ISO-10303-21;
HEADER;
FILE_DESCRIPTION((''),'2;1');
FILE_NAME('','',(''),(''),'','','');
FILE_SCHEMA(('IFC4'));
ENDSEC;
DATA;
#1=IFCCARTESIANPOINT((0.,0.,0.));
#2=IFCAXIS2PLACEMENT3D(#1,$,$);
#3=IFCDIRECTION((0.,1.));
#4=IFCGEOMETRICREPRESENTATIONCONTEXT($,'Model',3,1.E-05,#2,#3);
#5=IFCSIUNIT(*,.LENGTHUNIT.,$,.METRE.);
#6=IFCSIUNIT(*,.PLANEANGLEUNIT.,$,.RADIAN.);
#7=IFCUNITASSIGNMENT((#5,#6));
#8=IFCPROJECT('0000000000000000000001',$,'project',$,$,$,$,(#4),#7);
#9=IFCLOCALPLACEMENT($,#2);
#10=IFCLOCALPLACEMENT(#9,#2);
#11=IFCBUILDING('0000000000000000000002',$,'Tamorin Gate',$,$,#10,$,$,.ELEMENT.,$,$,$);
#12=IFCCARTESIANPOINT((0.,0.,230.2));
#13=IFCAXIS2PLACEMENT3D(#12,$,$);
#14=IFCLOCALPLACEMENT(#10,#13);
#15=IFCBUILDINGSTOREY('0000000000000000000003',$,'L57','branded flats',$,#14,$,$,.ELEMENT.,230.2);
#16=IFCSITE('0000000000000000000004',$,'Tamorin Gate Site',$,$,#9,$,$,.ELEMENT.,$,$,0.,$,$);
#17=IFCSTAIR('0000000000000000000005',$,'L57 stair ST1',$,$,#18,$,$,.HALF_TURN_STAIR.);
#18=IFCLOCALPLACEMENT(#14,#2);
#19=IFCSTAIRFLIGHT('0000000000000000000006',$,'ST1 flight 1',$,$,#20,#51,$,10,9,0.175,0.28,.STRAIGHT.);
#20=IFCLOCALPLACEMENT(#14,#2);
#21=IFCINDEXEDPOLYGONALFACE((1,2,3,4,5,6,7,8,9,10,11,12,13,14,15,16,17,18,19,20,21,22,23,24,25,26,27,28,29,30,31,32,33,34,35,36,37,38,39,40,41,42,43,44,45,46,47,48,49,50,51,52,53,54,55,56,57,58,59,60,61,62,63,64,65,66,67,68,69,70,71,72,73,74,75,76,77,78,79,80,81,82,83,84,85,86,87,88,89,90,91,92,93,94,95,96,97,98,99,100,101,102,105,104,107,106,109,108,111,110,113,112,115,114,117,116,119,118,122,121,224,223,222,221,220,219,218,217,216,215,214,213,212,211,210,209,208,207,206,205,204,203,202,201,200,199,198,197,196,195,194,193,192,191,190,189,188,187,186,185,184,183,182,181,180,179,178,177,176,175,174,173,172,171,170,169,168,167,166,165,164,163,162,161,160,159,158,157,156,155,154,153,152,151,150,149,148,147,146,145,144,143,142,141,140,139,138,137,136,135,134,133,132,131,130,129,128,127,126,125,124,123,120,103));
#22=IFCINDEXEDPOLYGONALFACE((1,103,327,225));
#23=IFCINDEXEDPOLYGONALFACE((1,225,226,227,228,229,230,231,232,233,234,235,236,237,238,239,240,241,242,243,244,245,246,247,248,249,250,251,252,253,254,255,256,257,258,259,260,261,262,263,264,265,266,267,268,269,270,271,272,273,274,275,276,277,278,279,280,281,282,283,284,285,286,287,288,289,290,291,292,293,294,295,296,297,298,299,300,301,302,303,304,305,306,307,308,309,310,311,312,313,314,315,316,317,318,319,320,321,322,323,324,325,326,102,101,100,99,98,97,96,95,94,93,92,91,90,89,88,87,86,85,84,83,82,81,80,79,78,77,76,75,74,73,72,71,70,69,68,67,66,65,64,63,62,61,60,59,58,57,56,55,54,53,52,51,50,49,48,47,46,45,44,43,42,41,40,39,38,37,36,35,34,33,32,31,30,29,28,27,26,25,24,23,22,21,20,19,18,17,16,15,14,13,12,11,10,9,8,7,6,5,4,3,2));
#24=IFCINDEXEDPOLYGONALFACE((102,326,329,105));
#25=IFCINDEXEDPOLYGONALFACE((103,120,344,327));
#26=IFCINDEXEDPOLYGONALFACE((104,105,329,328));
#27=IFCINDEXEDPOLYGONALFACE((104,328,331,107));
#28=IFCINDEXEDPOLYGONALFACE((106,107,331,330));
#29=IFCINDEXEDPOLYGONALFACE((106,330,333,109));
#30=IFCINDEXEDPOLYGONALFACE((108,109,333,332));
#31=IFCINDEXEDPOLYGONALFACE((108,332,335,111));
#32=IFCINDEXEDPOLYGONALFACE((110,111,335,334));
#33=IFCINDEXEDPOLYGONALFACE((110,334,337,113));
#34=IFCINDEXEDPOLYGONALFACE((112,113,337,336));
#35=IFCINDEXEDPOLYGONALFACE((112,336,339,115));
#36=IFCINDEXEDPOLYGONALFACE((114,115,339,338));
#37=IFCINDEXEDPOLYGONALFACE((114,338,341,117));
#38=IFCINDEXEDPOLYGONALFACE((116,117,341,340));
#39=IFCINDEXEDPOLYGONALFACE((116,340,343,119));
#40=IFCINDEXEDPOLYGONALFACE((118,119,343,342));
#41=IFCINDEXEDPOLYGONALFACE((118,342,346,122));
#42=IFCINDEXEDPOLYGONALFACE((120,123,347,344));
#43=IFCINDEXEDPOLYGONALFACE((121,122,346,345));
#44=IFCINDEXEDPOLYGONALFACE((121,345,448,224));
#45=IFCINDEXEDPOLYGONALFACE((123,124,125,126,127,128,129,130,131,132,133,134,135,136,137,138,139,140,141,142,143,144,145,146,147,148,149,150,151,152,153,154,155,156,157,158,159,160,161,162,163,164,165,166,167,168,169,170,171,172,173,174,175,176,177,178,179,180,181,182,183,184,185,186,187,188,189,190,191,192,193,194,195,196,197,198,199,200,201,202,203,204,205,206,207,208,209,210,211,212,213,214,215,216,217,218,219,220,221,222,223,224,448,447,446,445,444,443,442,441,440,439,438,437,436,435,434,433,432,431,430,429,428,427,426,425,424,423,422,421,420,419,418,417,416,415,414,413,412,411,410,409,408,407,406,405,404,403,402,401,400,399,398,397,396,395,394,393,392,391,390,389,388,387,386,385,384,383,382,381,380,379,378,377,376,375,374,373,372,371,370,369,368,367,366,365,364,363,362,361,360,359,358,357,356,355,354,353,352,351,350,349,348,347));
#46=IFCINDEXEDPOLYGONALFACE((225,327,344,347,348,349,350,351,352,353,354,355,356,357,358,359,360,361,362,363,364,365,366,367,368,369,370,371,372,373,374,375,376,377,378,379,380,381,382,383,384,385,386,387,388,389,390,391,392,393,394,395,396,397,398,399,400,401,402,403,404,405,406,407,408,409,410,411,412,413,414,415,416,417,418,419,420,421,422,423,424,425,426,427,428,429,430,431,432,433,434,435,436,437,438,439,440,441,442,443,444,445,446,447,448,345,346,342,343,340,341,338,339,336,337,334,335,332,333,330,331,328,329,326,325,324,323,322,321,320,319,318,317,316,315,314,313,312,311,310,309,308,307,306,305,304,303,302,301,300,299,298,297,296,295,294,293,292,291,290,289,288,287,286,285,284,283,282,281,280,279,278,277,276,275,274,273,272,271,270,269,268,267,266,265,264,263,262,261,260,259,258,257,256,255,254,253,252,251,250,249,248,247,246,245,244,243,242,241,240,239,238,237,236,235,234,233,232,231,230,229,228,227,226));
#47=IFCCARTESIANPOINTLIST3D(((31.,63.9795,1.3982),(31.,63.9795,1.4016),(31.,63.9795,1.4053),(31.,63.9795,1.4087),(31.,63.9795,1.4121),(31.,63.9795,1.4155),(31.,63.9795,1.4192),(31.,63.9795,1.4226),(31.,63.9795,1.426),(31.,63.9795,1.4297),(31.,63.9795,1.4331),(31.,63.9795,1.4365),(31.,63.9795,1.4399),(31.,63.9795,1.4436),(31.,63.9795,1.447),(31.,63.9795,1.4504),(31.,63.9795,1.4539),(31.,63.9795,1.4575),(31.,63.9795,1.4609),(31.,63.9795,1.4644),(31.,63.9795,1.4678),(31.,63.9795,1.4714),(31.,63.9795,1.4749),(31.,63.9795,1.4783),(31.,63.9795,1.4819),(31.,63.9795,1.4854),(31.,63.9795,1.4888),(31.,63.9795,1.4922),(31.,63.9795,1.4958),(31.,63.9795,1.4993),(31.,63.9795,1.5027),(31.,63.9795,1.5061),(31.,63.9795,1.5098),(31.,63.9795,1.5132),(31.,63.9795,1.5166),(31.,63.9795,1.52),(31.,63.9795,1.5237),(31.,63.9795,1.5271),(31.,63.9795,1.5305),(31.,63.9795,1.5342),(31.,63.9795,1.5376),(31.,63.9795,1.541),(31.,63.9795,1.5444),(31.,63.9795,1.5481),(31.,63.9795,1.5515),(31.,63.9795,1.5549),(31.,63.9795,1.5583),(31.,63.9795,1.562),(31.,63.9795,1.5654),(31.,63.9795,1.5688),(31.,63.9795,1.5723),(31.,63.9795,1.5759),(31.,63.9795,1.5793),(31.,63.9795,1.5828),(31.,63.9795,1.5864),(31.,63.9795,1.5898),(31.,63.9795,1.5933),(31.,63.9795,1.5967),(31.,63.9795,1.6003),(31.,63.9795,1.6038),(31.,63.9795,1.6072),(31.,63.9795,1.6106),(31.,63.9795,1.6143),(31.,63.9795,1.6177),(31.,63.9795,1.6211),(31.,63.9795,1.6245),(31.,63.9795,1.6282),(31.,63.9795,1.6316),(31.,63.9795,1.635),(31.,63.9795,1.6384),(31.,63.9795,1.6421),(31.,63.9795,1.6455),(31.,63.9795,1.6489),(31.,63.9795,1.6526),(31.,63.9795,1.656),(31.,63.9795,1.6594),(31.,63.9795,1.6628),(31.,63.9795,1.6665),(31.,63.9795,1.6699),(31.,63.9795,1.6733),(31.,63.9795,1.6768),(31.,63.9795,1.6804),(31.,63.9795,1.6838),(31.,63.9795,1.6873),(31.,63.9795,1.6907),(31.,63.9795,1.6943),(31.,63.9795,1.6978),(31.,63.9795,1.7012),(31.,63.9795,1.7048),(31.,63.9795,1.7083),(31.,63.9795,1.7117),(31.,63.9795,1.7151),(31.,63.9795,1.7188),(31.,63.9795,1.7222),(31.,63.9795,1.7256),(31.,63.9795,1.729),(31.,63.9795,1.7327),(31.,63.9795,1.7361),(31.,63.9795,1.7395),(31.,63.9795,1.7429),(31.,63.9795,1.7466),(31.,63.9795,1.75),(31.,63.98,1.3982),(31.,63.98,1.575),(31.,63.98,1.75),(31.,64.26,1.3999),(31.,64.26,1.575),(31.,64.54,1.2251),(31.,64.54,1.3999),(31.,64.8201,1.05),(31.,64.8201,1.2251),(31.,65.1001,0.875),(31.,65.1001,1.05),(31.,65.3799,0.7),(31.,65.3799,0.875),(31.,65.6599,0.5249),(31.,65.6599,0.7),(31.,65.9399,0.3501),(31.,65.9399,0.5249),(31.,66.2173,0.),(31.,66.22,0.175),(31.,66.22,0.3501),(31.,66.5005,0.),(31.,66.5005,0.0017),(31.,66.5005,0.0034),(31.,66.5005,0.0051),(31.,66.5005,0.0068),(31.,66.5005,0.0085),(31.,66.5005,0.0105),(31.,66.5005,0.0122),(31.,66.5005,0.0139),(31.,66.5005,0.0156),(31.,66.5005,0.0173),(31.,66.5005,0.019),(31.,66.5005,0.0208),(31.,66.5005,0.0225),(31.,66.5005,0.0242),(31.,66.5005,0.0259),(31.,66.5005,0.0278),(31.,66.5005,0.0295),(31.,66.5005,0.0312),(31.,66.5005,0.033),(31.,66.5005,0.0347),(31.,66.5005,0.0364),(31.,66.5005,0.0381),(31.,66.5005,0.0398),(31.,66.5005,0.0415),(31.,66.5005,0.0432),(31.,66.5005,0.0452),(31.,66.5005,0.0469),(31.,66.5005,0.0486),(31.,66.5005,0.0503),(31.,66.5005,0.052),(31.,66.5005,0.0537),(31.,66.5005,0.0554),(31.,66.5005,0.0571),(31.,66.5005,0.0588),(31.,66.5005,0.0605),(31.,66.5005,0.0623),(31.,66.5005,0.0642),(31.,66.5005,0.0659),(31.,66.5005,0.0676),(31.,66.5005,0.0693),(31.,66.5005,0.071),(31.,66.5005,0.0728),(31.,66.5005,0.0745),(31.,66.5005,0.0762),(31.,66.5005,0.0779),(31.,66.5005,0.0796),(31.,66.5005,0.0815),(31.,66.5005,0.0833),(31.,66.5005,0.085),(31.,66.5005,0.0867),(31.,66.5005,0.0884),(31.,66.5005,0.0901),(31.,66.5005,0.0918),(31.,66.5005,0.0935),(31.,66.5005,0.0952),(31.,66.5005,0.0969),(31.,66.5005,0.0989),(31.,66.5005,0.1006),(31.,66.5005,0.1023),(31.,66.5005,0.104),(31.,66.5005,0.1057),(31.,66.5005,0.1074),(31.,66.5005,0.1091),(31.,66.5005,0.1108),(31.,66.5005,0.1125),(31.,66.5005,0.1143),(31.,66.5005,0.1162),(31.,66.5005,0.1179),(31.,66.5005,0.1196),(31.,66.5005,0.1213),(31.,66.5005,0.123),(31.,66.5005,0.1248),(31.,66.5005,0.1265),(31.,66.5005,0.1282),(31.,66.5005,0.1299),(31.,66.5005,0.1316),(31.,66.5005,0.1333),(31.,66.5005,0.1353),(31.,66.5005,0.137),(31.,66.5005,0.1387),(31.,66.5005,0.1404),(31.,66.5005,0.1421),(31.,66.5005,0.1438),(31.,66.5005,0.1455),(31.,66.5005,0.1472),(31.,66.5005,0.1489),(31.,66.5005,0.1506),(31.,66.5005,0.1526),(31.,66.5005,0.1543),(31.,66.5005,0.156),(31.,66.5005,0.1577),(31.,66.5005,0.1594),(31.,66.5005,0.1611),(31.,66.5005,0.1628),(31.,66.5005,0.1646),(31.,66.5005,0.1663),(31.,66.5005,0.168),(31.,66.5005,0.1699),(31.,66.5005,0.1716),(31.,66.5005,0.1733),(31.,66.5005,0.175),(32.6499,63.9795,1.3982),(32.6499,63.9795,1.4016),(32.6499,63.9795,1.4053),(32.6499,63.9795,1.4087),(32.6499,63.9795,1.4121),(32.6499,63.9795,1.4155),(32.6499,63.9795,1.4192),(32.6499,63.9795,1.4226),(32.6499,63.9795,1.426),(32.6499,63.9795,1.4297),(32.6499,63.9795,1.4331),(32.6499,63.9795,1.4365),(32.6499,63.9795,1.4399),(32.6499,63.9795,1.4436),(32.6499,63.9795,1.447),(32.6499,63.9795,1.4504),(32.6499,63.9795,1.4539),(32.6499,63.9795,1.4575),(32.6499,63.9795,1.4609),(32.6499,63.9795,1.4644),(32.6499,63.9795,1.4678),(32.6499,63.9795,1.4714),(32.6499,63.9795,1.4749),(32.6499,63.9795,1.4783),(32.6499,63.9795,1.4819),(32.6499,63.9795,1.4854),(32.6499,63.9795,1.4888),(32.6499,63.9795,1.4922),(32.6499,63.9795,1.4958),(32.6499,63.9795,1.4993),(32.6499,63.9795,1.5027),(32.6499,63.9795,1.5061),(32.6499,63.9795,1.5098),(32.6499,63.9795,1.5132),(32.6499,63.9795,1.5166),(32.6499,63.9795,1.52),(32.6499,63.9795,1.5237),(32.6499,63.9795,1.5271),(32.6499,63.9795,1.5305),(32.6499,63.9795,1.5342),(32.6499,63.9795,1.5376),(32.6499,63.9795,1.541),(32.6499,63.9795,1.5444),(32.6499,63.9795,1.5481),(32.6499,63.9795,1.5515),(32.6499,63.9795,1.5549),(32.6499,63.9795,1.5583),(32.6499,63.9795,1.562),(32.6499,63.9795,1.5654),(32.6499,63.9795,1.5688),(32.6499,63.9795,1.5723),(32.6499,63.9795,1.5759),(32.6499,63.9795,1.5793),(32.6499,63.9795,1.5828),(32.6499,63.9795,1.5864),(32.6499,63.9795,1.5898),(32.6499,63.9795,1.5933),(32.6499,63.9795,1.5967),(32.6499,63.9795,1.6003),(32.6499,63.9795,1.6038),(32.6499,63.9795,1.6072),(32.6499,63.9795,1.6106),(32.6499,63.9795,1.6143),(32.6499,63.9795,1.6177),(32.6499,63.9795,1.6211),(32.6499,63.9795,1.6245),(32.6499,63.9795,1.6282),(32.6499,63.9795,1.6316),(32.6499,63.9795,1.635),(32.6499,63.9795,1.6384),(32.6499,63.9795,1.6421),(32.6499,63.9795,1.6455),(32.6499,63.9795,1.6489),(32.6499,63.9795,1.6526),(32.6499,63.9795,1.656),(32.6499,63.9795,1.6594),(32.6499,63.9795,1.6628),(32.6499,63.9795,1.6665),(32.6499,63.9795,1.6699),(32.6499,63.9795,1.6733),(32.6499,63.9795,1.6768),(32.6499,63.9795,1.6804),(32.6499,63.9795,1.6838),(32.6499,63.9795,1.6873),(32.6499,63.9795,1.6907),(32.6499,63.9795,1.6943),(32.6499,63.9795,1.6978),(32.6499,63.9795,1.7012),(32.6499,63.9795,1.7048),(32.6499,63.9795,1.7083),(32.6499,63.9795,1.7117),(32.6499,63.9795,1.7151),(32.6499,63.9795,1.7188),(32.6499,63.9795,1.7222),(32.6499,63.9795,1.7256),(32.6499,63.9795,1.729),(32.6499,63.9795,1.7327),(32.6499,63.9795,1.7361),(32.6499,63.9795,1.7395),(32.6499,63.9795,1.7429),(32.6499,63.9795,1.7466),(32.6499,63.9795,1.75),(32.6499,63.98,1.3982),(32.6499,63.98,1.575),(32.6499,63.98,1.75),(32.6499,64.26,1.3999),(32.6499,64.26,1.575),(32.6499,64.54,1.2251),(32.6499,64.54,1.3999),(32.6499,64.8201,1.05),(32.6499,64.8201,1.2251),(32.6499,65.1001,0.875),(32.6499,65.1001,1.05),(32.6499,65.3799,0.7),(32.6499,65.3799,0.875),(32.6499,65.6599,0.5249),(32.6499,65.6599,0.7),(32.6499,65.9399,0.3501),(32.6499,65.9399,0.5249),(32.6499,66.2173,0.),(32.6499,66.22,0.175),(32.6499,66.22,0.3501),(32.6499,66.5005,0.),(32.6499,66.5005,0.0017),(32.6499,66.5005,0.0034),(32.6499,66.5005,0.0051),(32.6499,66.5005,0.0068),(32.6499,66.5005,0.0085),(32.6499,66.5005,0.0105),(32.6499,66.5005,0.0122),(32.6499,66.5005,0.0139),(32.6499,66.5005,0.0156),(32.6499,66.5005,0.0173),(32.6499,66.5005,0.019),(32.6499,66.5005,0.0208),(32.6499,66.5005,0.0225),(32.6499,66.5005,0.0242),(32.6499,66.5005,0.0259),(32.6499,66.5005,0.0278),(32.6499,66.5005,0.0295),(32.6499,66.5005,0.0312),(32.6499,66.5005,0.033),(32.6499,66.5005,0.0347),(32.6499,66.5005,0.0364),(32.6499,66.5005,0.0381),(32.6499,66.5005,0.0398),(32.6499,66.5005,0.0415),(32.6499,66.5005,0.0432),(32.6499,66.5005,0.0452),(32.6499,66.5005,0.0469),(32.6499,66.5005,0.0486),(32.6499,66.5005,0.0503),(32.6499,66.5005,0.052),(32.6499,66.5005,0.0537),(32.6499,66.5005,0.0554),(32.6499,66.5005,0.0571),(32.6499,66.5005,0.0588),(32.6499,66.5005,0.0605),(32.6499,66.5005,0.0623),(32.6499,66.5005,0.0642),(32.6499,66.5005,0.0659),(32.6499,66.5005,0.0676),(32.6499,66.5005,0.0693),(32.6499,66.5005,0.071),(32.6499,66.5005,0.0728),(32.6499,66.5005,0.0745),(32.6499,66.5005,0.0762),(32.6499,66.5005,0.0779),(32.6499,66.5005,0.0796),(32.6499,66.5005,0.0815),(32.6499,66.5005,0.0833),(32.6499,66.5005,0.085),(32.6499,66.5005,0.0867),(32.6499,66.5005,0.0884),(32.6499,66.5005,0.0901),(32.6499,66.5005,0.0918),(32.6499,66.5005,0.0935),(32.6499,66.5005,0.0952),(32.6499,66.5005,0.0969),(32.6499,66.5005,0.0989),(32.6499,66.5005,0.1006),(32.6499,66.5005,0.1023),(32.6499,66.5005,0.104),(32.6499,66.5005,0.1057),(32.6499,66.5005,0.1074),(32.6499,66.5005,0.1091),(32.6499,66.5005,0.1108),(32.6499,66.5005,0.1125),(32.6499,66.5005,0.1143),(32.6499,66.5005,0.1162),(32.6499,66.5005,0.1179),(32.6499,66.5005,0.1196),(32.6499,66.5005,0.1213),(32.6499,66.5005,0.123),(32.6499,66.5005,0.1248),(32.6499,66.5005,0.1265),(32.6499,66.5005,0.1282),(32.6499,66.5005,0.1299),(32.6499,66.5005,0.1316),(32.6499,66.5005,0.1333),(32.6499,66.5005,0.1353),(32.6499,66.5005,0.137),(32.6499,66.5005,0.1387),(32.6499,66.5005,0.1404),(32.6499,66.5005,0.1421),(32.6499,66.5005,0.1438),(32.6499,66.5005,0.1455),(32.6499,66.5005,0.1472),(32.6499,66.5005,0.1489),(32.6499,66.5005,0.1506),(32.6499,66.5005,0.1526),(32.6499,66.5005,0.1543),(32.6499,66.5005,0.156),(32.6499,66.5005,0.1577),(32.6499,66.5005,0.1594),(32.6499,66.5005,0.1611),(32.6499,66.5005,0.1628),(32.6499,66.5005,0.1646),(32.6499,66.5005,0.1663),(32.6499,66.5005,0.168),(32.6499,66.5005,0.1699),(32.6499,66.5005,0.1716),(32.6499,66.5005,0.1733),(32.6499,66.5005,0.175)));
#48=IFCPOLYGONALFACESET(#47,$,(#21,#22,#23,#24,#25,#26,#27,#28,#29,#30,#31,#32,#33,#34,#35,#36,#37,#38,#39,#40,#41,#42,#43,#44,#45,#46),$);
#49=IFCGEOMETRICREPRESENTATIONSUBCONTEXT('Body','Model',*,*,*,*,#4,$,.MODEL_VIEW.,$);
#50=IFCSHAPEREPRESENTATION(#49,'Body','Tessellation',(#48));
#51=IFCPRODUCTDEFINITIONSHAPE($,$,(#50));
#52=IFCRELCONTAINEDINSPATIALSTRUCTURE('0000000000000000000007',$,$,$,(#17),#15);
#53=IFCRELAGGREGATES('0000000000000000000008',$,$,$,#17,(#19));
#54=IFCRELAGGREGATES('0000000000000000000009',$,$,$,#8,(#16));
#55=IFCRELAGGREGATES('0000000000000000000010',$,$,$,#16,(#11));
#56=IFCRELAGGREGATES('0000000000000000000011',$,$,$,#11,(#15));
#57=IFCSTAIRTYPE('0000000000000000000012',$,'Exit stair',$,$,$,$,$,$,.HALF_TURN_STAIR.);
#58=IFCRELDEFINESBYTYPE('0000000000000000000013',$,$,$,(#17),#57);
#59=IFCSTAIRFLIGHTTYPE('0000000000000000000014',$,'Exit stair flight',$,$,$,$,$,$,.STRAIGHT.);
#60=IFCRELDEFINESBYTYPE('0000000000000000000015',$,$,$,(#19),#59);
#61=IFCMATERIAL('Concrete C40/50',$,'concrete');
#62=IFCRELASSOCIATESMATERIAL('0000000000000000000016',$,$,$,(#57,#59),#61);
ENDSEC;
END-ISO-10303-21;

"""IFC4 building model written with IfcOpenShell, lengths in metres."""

from ifc_helpers import new_model, si_unit, direction, frame, origin, place, context, subcontext, project, spatial, polyline, outline, extrude, material, type_object, element, aggregate, save


model = new_model("IFC4")

# Units and contexts
model_context = context("Model", 3, precision=1e-05, world=origin(), true_north=direction((0.0, 1.0)))
body_context = subcontext(model_context, "Body", "Model", "MODEL_VIEW")
ifc_project = project(units=[si_unit("LENGTHUNIT", "METRE"), si_unit("PLANEANGLEUNIT", "RADIAN")], contexts=[model_context])

# Site, building, storey
site_placement = place(None, origin())
site = spatial("IfcSite", under=ifc_project, at=site_placement, Name="Tamorin Gate Site", CompositionType="ELEMENT", RefElevation=0.0)
building_placement = place(site_placement, origin())
building = spatial("IfcBuilding", under=site, at=building_placement, Name="Tamorin Gate", CompositionType="ELEMENT")
storey_placement = place(building_placement, frame((0.0, 0.0, 230.2)))
storey = spatial("IfcBuildingStorey", under=building, at=storey_placement, Name="L57", Description="branded flats", CompositionType="ELEMENT", Elevation=230.2)

# Shared definitions
ifc_material_1 = material(Name="Concrete C40/50", Category="concrete")

# Stair, stair flight
stair_type = type_object("IfcStairType", Name="Exit stair", PredefinedType="HALF_TURN_STAIR", material=ifc_material_1)
stair_1_placement = place(storey_placement, origin())
stair_1 = element("IfcStair", 1, at=stair_1_placement, inside=storey, type_object=stair_type, Name="L57 stair ST1", PredefinedType="HALF_TURN_STAIR")
stair_flight_type = type_object("IfcStairFlightType", Name="Exit stair flight", PredefinedType="STRAIGHT", material=ifc_material_1)
stair_flight_1_placement = place(storey_placement, frame((31.825, 66.5, 0.0), z_axis=(0.0, 0.0, 1.0), x_axis=(0.0, -1.0, 0.0)))
stair_flight_1 = element("IfcStairFlight", 2, at=stair_flight_1_placement, type_object=stair_flight_type, Name="ST1 flight 1", NumberOfRisers=10, NumberOfTreads=9, PredefinedType="STRAIGHT", RiserHeight=0.175, TreadLength=0.28, context=body_context, shape_type="SweptSolid", body=[
    extrude(outline(polyline([(-0.0005, 0.0), (-0.0005, 0.0017), (-0.0005, 0.0034), (-0.0005, 0.0051), (-0.0005, 0.0068), (-0.0005, 0.0085), (-0.0005, 0.0105), (-0.0005, 0.0122), (-0.0005, 0.0139), (-0.0005, 0.0156), (-0.0005, 0.0173), (-0.0005, 0.019), (-0.0005, 0.0208), (-0.0005, 0.0225), (-0.0005, 0.0242), (-0.0005, 0.0259), (-0.0005, 0.0278), (-0.0005, 0.0295), (-0.0005, 0.0312), (-0.0005, 0.033), (-0.0005, 0.0347), (-0.0005, 0.0364), (-0.0005, 0.0381), (-0.0005, 0.0398), (-0.0005, 0.0415), (-0.0005, 0.0432), (-0.0005, 0.0452), (-0.0005, 0.0469), (-0.0005, 0.0486), (-0.0005, 0.0503), (-0.0005, 0.052), (-0.0005, 0.0537), (-0.0005, 0.0554), (-0.0005, 0.0571), (-0.0005, 0.0588), (-0.0005, 0.0605), (-0.0005, 0.0623), (-0.0005, 0.0642), (-0.0005, 0.0659), (-0.0005, 0.0676), (-0.0005, 0.0693), (-0.0005, 0.071), (-0.0005, 0.0728), (-0.0005, 0.0745), (-0.0005, 0.0762), (-0.0005, 0.0779), (-0.0005, 0.0796), (-0.0005, 0.0815), (-0.0005, 0.0833), (-0.0005, 0.085), (-0.0005, 0.0867), (-0.0005, 0.0884), (-0.0005, 0.0901), (-0.0005, 0.0918), (-0.0005, 0.0935), (-0.0005, 0.0952), (-0.0005, 0.0969), (-0.0005, 0.0989), (-0.0005, 0.1006), (-0.0005, 0.1023), (-0.0005, 0.104), (-0.0005, 0.1057), (-0.0005, 0.1074), (-0.0005, 0.1091), (-0.0005, 0.1108), (-0.0005, 0.1125), (-0.0005, 0.1143), (-0.0005, 0.1162), (-0.0005, 0.1179), (-0.0005, 0.1196), (-0.0005, 0.1213), (-0.0005, 0.123), (-0.0005, 0.1248), (-0.0005, 0.1265), (-0.0005, 0.1282), (-0.0005, 0.1299), (-0.0005, 0.1316), (-0.0005, 0.1333), (-0.0005, 0.1353), (-0.0005, 0.137), (-0.0005, 0.1387), (-0.0005, 0.1404), (-0.0005, 0.1421), (-0.0005, 0.1438), (-0.0005, 0.1455), (-0.0005, 0.1472), (-0.0005, 0.1489), (-0.0005, 0.1506), (-0.0005, 0.1526), (-0.0005, 0.1543), (-0.0005, 0.156), (-0.0005, 0.1577), (-0.0005, 0.1594), (-0.0005, 0.1611), (-0.0005, 0.1628), (-0.0005, 0.1646), (-0.0005, 0.1663), (-0.0005, 0.168), (-0.0005, 0.1699), (-0.0005, 0.1716), (-0.0005, 0.1733), (-0.0005, 0.175), (0.28, 0.175), (0.28, 0.3501), (0.5601, 0.3501), (0.5601, 0.5249), (0.8401, 0.5249), (0.8401, 0.7), (1.1201, 0.7), (1.1201, 0.875), (1.3999, 0.875), (1.3999, 1.05), (1.6799, 1.05), (1.6799, 1.2251), (1.96, 1.2251), (1.96, 1.3999), (2.24, 1.3999), (2.24, 1.575), (2.52, 1.575), (2.52, 1.75), (2.5205, 1.75), (2.5205, 1.7466), (2.5205, 1.7429), (2.5205, 1.7395), (2.5205, 1.7361), (2.5205, 1.7327), (2.5205, 1.729), (2.5205, 1.7256), (2.5205, 1.7222), (2.5205, 1.7188), (2.5205, 1.7151), (2.5205, 1.7117), (2.5205, 1.7083), (2.5205, 1.7048), (2.5205, 1.7012), (2.5205, 1.6978), (2.5205, 1.6943), (2.5205, 1.6907), (2.5205, 1.6873), (2.5205, 1.6838), (2.5205, 1.6804), (2.5205, 1.6768), (2.5205, 1.6733), (2.5205, 1.6699), (2.5205, 1.6665), (2.5205, 1.6628), (2.5205, 1.6594), (2.5205, 1.656), (2.5205, 1.6526), (2.5205, 1.6489), (2.5205, 1.6455), (2.5205, 1.6421), (2.5205, 1.6384), (2.5205, 1.635), (2.5205, 1.6316), (2.5205, 1.6282), (2.5205, 1.6245), (2.5205, 1.6211), (2.5205, 1.6177), (2.5205, 1.6143), (2.5205, 1.6106), (2.5205, 1.6072), (2.5205, 1.6038), (2.5205, 1.6003), (2.5205, 1.5967), (2.5205, 1.5933), (2.5205, 1.5898), (2.5205, 1.5864), (2.5205, 1.5828), (2.5205, 1.5793), (2.5205, 1.5759), (2.5205, 1.5723), (2.5205, 1.5688), (2.5205, 1.5654), (2.5205, 1.562), (2.5205, 1.5583), (2.5205, 1.5549), (2.5205, 1.5515), (2.5205, 1.5481), (2.5205, 1.5444), (2.5205, 1.541), (2.5205, 1.5376), (2.5205, 1.5342), (2.5205, 1.5305), (2.5205, 1.5271), (2.5205, 1.5237), (2.5205, 1.52), (2.5205, 1.5166), (2.5205, 1.5132), (2.5205, 1.5098), (2.5205, 1.5061), (2.5205, 1.5027), (2.5205, 1.4993), (2.5205, 1.4958), (2.5205, 1.4922), (2.5205, 1.4888), (2.5205, 1.4854), (2.5205, 1.4819), (2.5205, 1.4783), (2.5205, 1.4749), (2.5205, 1.4714), (2.5205, 1.4678), (2.5205, 1.4644), (2.5205, 1.4609), (2.5205, 1.4575), (2.5205, 1.4539), (2.5205, 1.4504), (2.5205, 1.447), (2.5205, 1.4436), (2.5205, 1.4399), (2.5205, 1.4365), (2.5205, 1.4331), (2.5205, 1.4297), (2.5205, 1.426), (2.5205, 1.4226), (2.5205, 1.4192), (2.5205, 1.4155), (2.5205, 1.4121), (2.5205, 1.4087), (2.5205, 1.4053), (2.5205, 1.4016), (2.5205, 1.3982), (2.52, 1.3982), (0.2827, 0.0), (-0.0005, 0.0)])), frame((0.0, 0.825, 0.0), z_axis=(0.0, -1.0, 0.0), x_axis=(1.0, 0.0, 0.0)), (0.0, 0.0, 1.0), 1.6499),
])
aggregate(stair_1, [stair_flight_1])

save(model, "model.ifc")
